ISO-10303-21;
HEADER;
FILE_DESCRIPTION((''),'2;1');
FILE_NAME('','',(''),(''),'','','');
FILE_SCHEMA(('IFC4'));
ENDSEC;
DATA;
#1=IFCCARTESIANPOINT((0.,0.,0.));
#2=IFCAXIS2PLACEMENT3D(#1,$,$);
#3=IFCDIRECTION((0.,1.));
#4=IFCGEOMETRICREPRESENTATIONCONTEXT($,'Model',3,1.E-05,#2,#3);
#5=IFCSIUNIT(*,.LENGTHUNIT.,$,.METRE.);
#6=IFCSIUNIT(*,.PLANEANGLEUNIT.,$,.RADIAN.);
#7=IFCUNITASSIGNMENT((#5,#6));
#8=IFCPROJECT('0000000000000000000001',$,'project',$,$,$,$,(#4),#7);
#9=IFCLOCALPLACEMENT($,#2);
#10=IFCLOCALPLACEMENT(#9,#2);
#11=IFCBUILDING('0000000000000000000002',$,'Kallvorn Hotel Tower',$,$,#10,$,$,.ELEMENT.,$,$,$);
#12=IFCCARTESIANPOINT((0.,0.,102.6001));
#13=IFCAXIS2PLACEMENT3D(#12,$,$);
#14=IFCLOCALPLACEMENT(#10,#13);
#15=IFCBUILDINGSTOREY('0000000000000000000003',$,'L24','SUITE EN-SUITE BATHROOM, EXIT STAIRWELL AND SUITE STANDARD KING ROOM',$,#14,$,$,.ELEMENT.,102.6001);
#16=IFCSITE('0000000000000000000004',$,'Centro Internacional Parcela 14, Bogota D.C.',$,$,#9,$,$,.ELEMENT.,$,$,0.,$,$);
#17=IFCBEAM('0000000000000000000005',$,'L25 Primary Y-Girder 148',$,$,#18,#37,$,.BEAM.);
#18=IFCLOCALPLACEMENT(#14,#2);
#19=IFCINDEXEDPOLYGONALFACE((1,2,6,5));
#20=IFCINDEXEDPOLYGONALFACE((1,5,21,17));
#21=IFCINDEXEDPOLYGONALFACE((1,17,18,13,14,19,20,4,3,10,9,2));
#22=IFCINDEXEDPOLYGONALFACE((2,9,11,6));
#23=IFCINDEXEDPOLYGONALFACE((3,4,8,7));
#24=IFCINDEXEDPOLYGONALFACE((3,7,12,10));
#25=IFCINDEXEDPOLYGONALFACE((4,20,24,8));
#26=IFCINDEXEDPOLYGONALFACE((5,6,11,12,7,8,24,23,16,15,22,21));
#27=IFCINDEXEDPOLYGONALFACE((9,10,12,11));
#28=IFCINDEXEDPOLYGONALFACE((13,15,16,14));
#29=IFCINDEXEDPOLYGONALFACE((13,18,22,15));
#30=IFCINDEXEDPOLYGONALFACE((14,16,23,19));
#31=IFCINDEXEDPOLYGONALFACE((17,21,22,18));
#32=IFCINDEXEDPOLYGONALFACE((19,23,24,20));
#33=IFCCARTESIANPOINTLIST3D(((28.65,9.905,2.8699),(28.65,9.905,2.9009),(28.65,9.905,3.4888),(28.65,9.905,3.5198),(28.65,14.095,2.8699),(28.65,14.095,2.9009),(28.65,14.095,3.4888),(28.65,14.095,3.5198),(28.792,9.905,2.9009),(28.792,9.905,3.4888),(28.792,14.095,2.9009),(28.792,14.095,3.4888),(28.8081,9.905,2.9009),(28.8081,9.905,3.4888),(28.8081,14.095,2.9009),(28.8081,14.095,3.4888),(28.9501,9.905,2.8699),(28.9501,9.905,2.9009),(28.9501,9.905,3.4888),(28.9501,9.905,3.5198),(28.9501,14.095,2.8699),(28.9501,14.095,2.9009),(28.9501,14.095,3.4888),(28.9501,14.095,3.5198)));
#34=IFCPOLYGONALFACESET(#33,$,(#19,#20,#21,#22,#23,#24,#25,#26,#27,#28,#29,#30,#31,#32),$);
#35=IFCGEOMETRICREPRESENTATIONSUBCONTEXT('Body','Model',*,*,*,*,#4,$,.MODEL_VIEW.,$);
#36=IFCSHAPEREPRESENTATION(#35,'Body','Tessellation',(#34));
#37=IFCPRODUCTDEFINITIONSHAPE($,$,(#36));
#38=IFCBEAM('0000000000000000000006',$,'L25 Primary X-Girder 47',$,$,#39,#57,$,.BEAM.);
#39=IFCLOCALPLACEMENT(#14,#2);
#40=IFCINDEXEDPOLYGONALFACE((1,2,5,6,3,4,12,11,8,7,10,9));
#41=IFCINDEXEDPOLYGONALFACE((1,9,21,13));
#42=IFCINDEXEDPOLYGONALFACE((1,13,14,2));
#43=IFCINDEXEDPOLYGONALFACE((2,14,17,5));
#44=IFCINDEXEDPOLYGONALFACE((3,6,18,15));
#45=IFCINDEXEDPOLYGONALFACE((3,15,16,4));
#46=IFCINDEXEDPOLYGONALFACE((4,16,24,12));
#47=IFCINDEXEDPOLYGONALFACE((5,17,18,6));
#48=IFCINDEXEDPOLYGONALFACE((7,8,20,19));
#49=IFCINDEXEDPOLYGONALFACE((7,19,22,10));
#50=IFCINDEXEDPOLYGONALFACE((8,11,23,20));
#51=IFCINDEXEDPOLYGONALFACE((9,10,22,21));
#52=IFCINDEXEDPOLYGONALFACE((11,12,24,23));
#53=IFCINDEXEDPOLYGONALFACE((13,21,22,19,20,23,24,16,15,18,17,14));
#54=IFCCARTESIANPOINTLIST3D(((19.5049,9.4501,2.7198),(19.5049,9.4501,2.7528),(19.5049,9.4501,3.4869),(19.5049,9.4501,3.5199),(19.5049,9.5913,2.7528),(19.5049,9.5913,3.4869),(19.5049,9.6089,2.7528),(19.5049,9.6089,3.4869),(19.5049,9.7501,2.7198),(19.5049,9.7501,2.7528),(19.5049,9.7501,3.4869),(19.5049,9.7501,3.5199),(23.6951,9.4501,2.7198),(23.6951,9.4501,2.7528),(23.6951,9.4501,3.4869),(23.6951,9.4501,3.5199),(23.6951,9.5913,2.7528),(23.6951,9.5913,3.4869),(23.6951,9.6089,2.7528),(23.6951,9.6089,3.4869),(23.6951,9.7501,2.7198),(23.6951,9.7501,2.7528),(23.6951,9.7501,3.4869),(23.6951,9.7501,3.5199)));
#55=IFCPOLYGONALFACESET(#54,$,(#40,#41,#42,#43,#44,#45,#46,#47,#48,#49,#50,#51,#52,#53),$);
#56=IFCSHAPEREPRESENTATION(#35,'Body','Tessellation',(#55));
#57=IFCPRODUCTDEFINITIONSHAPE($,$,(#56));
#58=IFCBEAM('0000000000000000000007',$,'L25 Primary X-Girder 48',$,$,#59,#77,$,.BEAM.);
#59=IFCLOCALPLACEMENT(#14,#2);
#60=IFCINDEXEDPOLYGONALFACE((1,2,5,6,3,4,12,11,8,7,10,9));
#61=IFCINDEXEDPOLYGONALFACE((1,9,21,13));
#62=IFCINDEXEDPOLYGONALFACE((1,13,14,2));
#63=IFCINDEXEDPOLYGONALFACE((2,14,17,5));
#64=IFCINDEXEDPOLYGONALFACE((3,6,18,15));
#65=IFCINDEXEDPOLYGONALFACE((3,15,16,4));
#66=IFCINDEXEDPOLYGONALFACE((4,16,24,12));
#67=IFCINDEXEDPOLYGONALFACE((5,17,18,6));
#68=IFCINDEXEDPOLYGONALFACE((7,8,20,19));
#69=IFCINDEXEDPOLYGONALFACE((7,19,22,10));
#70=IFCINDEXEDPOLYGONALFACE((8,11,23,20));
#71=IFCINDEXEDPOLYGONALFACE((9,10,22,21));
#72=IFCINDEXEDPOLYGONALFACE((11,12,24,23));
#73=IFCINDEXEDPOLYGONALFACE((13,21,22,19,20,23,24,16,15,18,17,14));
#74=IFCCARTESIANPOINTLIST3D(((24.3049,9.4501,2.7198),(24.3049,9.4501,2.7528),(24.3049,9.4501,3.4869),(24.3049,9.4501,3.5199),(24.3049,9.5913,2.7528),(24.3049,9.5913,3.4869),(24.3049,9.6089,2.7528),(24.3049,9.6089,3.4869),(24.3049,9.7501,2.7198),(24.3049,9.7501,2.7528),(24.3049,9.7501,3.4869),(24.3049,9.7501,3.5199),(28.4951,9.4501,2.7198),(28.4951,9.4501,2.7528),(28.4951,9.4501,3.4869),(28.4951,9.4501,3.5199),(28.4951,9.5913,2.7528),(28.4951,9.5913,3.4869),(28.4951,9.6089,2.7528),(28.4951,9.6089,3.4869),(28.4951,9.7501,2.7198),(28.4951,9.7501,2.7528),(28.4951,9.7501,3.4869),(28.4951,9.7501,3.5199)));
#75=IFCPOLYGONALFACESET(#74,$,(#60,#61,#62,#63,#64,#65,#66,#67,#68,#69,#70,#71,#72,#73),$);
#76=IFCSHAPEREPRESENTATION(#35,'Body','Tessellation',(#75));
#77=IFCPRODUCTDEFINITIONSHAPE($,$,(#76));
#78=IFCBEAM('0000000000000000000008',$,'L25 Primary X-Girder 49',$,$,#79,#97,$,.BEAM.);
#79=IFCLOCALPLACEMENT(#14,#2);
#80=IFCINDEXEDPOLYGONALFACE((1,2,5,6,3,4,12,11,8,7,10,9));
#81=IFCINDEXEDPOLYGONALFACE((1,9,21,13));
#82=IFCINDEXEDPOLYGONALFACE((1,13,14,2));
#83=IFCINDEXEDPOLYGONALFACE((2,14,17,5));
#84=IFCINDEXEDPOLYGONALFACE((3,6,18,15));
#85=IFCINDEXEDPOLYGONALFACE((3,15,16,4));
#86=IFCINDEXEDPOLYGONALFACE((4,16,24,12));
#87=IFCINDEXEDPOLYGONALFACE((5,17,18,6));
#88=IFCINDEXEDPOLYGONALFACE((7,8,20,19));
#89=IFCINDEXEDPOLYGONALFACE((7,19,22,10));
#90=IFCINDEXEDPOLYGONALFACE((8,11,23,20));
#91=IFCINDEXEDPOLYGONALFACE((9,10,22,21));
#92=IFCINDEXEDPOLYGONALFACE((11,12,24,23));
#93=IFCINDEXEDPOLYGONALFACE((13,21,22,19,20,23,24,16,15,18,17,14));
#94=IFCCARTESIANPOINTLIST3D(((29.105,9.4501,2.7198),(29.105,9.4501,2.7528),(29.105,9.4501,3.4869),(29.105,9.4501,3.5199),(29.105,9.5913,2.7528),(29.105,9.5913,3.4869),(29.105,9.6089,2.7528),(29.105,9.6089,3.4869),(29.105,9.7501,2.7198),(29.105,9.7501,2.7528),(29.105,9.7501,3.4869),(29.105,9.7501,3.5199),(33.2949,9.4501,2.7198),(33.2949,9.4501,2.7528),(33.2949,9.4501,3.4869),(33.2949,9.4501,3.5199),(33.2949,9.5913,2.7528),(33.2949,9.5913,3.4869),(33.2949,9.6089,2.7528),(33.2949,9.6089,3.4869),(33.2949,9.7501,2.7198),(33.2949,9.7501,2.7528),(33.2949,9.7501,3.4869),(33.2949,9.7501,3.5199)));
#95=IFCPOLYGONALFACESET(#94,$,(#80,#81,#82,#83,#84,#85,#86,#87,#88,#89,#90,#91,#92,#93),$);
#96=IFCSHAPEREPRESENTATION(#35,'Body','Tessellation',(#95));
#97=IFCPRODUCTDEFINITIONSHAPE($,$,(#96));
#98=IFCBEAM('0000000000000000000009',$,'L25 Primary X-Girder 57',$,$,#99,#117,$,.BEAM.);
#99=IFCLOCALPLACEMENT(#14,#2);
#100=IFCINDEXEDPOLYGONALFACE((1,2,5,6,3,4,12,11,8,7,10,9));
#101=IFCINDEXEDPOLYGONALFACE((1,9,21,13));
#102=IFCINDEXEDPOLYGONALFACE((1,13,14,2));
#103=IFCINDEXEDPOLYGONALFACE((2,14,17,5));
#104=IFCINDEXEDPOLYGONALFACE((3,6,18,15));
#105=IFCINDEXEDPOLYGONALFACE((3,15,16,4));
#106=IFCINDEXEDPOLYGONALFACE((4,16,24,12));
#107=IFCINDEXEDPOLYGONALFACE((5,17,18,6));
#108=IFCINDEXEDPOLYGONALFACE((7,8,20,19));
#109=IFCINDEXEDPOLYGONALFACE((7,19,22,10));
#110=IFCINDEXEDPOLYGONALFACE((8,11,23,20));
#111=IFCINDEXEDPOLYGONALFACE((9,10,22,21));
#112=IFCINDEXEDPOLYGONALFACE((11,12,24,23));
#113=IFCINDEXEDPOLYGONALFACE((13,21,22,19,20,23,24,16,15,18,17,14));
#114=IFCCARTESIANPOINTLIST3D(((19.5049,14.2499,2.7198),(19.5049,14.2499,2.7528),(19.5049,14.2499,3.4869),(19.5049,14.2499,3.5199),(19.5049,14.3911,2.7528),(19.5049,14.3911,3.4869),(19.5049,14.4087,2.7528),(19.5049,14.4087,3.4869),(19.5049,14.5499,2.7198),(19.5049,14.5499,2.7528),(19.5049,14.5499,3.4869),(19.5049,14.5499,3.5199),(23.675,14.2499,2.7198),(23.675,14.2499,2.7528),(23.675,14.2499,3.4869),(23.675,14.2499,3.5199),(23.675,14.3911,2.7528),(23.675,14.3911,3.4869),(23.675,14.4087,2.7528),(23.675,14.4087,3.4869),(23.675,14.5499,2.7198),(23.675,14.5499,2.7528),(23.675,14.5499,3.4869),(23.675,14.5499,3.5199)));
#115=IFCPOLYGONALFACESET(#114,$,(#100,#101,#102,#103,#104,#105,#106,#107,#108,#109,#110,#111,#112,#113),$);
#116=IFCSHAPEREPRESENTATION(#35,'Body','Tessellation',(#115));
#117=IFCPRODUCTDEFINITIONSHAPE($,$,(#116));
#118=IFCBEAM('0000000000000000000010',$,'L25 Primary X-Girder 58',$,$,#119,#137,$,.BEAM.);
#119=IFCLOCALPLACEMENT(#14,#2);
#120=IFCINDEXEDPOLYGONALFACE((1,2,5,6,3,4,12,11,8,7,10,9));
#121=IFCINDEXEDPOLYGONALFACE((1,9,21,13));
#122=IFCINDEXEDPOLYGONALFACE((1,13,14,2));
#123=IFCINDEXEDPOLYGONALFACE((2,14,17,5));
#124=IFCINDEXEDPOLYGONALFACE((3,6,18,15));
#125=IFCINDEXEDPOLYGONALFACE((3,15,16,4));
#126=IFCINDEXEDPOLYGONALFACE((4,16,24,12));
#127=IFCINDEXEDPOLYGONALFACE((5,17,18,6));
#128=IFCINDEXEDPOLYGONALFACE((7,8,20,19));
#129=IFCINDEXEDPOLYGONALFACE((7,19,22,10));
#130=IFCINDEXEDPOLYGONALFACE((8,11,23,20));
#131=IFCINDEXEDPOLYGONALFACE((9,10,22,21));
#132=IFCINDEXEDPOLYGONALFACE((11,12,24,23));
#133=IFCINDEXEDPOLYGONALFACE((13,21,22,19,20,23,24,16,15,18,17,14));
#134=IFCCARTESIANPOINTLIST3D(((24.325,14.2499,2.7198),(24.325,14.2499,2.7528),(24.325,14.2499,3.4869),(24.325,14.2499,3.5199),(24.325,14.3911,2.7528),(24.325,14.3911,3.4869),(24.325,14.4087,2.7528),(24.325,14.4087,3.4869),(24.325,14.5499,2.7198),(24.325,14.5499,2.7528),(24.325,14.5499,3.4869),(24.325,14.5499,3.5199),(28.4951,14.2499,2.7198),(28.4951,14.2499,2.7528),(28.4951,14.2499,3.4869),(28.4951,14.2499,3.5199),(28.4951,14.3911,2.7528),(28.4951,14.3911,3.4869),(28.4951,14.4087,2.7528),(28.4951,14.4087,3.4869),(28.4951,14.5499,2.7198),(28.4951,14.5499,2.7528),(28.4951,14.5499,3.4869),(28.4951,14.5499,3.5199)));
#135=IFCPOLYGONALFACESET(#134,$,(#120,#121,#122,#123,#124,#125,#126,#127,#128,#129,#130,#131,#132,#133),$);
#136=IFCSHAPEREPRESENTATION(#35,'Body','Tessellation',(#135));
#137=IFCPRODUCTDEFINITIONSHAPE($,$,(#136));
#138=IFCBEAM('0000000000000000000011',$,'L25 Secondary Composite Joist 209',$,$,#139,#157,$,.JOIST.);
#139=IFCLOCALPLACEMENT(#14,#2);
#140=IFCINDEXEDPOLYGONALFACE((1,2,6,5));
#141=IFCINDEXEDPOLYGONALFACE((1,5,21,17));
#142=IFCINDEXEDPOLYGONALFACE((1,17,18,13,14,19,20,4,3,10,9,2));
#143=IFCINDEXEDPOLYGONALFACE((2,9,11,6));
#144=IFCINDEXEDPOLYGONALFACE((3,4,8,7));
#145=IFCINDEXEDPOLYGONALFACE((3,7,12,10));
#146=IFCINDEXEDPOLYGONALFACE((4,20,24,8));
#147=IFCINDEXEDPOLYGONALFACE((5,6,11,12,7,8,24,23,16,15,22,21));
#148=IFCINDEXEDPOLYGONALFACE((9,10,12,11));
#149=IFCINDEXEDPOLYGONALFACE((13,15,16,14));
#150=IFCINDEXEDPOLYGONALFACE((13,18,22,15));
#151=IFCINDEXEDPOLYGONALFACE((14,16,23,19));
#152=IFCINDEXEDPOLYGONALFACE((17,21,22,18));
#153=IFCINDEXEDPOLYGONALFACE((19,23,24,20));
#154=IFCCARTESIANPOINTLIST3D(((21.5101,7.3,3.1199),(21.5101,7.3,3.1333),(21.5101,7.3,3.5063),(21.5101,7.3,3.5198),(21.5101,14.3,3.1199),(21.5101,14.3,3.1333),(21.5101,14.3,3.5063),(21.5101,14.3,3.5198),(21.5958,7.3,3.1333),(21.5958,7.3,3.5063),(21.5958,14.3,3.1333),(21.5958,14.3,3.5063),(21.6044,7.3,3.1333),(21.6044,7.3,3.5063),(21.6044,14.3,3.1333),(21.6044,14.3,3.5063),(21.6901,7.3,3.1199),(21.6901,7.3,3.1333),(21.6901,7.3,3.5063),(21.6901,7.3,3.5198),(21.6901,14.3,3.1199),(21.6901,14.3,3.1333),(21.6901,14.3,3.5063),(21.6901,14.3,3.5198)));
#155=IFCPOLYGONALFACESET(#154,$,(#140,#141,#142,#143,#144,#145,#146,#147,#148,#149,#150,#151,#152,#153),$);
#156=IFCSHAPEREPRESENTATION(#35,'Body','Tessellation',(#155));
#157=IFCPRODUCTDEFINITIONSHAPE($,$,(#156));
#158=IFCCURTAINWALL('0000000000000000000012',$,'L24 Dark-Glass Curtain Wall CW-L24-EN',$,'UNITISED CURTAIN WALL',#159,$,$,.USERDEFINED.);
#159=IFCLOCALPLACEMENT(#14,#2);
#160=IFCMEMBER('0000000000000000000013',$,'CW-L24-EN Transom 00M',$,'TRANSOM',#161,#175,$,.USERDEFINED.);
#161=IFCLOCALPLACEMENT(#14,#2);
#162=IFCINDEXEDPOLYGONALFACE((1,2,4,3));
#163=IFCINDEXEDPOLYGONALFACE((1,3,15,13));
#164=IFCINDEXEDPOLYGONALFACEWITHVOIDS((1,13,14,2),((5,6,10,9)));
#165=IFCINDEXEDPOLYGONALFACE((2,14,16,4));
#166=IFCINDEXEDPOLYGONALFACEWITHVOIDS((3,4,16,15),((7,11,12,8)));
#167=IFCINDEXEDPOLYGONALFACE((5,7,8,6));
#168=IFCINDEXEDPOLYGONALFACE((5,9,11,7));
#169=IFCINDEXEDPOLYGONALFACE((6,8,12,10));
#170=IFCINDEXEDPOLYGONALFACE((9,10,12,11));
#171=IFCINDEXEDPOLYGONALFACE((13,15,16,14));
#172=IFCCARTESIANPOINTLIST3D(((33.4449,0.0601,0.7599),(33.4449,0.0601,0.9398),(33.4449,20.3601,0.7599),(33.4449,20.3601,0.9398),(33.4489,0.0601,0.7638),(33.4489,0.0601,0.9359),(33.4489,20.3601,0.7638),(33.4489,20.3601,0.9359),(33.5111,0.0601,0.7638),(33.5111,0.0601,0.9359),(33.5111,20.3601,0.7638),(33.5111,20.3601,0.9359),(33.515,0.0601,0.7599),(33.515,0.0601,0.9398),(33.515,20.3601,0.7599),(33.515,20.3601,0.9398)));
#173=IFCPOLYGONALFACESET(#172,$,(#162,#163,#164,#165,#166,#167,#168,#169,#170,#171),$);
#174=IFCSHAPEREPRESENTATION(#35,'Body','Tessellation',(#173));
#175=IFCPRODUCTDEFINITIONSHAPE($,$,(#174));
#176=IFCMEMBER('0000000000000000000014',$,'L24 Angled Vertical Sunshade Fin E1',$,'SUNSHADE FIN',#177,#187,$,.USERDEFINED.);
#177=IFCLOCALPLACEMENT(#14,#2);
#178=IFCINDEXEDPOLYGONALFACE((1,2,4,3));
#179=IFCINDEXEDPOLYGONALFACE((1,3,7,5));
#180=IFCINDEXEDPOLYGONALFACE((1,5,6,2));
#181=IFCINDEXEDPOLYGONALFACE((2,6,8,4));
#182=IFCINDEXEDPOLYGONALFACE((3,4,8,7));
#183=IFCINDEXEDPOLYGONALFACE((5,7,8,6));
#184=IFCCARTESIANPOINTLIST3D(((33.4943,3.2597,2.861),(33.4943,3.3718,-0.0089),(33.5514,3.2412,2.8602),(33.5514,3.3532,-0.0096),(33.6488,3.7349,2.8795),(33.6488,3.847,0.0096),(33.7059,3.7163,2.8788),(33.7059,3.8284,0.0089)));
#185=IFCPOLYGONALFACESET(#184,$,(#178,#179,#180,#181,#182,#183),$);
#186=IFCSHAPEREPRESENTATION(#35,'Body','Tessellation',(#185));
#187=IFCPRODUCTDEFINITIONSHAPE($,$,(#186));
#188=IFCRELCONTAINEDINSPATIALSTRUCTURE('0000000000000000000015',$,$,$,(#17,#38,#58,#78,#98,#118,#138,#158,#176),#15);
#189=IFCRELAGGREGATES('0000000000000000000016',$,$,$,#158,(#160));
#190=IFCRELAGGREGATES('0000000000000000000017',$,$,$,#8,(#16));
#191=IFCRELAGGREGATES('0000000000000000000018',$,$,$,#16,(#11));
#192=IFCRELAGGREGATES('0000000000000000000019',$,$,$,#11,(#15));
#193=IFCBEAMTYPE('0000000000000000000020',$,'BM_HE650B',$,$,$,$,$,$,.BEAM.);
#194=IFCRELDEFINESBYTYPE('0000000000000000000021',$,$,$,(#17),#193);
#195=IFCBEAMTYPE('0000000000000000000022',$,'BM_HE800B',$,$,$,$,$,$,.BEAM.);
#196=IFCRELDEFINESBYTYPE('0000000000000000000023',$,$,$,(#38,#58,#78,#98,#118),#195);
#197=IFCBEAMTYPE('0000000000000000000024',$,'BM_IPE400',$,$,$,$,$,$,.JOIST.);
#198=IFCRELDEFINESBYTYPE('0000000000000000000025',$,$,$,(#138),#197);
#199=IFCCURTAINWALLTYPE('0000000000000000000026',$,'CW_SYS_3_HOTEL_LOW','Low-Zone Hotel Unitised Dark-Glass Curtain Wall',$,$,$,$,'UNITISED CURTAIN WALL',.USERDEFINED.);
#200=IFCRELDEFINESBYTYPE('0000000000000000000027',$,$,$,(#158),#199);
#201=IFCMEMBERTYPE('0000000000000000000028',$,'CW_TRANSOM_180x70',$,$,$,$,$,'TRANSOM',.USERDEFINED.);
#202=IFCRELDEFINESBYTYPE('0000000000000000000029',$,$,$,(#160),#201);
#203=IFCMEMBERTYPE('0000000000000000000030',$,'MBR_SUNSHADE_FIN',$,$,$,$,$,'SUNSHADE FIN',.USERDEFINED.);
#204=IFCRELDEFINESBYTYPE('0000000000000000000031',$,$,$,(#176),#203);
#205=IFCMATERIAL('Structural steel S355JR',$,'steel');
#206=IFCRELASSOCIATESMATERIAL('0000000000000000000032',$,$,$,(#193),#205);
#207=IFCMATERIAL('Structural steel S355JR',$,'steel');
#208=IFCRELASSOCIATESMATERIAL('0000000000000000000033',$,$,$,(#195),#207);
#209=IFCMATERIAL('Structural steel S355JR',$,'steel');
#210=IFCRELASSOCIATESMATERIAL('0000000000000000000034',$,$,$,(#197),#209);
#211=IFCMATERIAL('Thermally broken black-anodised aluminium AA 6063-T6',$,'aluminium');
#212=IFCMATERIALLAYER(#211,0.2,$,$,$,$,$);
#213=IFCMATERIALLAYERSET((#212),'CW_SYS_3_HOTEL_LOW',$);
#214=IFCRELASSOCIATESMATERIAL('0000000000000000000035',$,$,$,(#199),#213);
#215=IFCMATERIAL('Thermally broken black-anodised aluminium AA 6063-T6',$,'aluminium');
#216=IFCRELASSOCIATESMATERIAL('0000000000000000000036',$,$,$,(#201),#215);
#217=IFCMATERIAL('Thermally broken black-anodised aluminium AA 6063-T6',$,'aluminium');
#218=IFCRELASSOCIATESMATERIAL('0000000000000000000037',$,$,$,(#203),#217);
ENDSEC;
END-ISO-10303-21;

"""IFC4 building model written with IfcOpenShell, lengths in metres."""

from ifc_helpers import new_model, si_unit, direction, frame, origin, origin_2d, place, context, subcontext, project, spatial, rectangle, hollow_rectangle, i_section, extrude, material, layer, layer_set, material_profile, profile_set, type_object, element, aggregate, save


model = new_model("IFC4")

# Units and contexts
model_context = context("Model", 3, precision=1e-05, world=origin(), true_north=direction((0.0, 1.0)))
body_context = subcontext(model_context, "Body", "Model", "MODEL_VIEW")
ifc_project = project(units=[si_unit("LENGTHUNIT", "METRE"), si_unit("PLANEANGLEUNIT", "RADIAN")], contexts=[model_context])

# Site, building, storey
site_placement = place(None, origin())
site = spatial("IfcSite", under=ifc_project, at=site_placement, Name="Centro Internacional Parcela 14, Bogota D.C.", CompositionType="ELEMENT", RefElevation=0.0)
building_placement = place(site_placement, origin())
building = spatial("IfcBuilding", under=site, at=building_placement, Name="Kallvorn Hotel Tower", CompositionType="ELEMENT")
storey_placement = place(building_placement, frame((0.0, 0.0, 102.6001)))
storey = spatial("IfcBuildingStorey", under=building, at=storey_placement, Name="L24", Description="SUITE EN-SUITE BATHROOM, EXIT STAIRWELL AND SUITE STANDARD KING ROOM", CompositionType="ELEMENT", Elevation=102.6001)

# Beams
ifc_material_1 = material(Name="Structural steel S355JR", Category="steel")
ifc_material_profile_1 = material_profile(ifc_material_1, i_section(OverallWidth=0.3, OverallDepth=0.6499, WebThickness=0.0161, FlangeThickness=0.031, at=origin_2d()), Name="HE 650 B")
ifc_profile_set_1 = profile_set([ifc_material_profile_1], Name="Structural steel S355JR")
beam_type_1 = type_object("IfcBeamType", Name="BM_HE650B", PredefinedType="BEAM", material=ifc_profile_set_1)
for number, where, z_axis, x_axis, name in (
    (1, (28.8, 9.905, 3.1948), (0.0, 1.0, 0.0), (-1.0, 0.0, 0.0), "L25 Primary Y-Girder 148"),
):
    element("IfcBeam", number, at=place(storey_placement, frame(where, z_axis=z_axis, x_axis=x_axis)), inside=storey, type_object=beam_type_1, Name=name, PredefinedType="BEAM", context=body_context, shape_type="SweptSolid", body=[
        extrude(i_section(OverallWidth=0.3, OverallDepth=0.6499, WebThickness=0.0161, FlangeThickness=0.031, at=origin_2d()), origin(), (0.0, 0.0, 1.0), 4.1899),
    ])
ifc_material_2 = material(Name="Structural steel S355JR", Category="steel")
ifc_material_profile_2 = material_profile(ifc_material_2, i_section(OverallWidth=0.3, OverallDepth=0.8, WebThickness=0.0176, FlangeThickness=0.033, at=origin_2d()), Name="HE 800 B")
ifc_profile_set_2 = profile_set([ifc_material_profile_2], Name="Structural steel S355JR")
beam_type_2 = type_object("IfcBeamType", Name="BM_HE800B", PredefinedType="BEAM", material=ifc_profile_set_2)
for number, where, z_axis, x_axis, name in (
    (2, (19.5049, 9.6001, 3.1199), (1.0, 0.0, 0.0), (0.0, 1.0, 0.0), "L25 Primary X-Girder 47"),
    (3, (24.3049, 9.6001, 3.1199), (1.0, 0.0, 0.0), (0.0, 1.0, 0.0), "L25 Primary X-Girder 48"),
):
    element("IfcBeam", number, at=place(storey_placement, frame(where, z_axis=z_axis, x_axis=x_axis)), inside=storey, type_object=beam_type_2, Name=name, PredefinedType="BEAM", context=body_context, shape_type="SweptSolid", body=[
        extrude(i_section(OverallWidth=0.3, OverallDepth=0.8, WebThickness=0.0176, FlangeThickness=0.033, at=origin_2d()), origin(), (0.0, 0.0, 1.0), 4.1902),
    ])
beam_1_placement = place(storey_placement, frame((29.105, 9.6001, 3.1199), z_axis=(1.0, 0.0, 0.0), x_axis=(0.0, 1.0, 0.0)))
element("IfcBeam", 4, at=beam_1_placement, inside=storey, type_object=beam_type_2, Name="L25 Primary X-Girder 49", PredefinedType="BEAM", context=body_context, shape_type="SweptSolid", body=[
    extrude(i_section(OverallWidth=0.3, OverallDepth=0.8, WebThickness=0.0176, FlangeThickness=0.033, at=origin_2d()), origin(), (0.0, 0.0, 1.0), 4.1899),
])
for number, where, z_axis, x_axis, name in (
    (5, (19.5049, 14.3999, 3.1199), (1.0, 0.0, 0.0), (0.0, 1.0, 0.0), "L25 Primary X-Girder 57"),
    (6, (24.325, 14.3999, 3.1199), (1.0, 0.0, 0.0), (0.0, 1.0, 0.0), "L25 Primary X-Girder 58"),
):
    element("IfcBeam", number, at=place(storey_placement, frame(where, z_axis=z_axis, x_axis=x_axis)), inside=storey, type_object=beam_type_2, Name=name, PredefinedType="BEAM", context=body_context, shape_type="SweptSolid", body=[
        extrude(i_section(OverallWidth=0.3, OverallDepth=0.8, WebThickness=0.0176, FlangeThickness=0.033, at=origin_2d()), origin(), (0.0, 0.0, 1.0), 4.1702),
    ])
ifc_material_3 = material(Name="Structural steel S355JR", Category="steel")
ifc_material_profile_3 = material_profile(ifc_material_3, i_section(OverallWidth=0.1799, OverallDepth=0.3999, WebThickness=0.0085, FlangeThickness=0.0134, at=origin_2d()), Name="IPE 400")
ifc_profile_set_3 = profile_set([ifc_material_profile_3], Name="Structural steel S355JR")
beam_type_3 = type_object("IfcBeamType", Name="BM_IPE400", PredefinedType="JOIST", material=ifc_profile_set_3)
beam_2_placement = place(storey_placement, frame((21.6001, 7.3, 3.3198), z_axis=(0.0, 1.0, 0.0), x_axis=(-1.0, 0.0, 0.0)))
element("IfcBeam", 7, at=beam_2_placement, inside=storey, type_object=beam_type_3, Name="L25 Secondary Composite Joist 209", PredefinedType="JOIST", context=body_context, shape_type="SweptSolid", body=[
    extrude(i_section(OverallWidth=0.1799, OverallDepth=0.3999, WebThickness=0.0085, FlangeThickness=0.0134, at=origin_2d()), origin(), (0.0, 0.0, 1.0), 7.0),
])

# Curtain wall, member
ifc_material_4 = material(Name="Thermally broken black-anodised aluminium AA 6063-T6", Category="aluminium")
ifc_layer_1 = layer(ifc_material_4, 0.2)
ifc_layer_set_1 = layer_set([ifc_layer_1], Name="CW_SYS_3_HOTEL_LOW")
curtain_wall_type = type_object("IfcCurtainWallType", Name="CW_SYS_3_HOTEL_LOW", Description="Low-Zone Hotel Unitised Dark-Glass Curtain Wall", ElementType="UNITISED CURTAIN WALL", PredefinedType="USERDEFINED", material=ifc_layer_set_1)
curtain_wall_placement = place(storey_placement, origin())
curtain_wall = element("IfcCurtainWall", 8, at=curtain_wall_placement, inside=storey, type_object=curtain_wall_type, Name="L24 Dark-Glass Curtain Wall CW-L24-EN", ObjectType="UNITISED CURTAIN WALL", PredefinedType="USERDEFINED")
ifc_material_5 = material(Name="Thermally broken black-anodised aluminium AA 6063-T6", Category="aluminium")
ifc_material_profile_4 = material_profile(ifc_material_5, hollow_rectangle(XDim=0.0701, YDim=0.1799, WallThickness=0.0039, at=origin_2d()), Name="TRN 180x70")
ifc_profile_set_4 = profile_set([ifc_material_profile_4], Name="Thermally broken black-anodised aluminium AA 6063-T6")
member_type_1 = type_object("IfcMemberType", Name="CW_TRANSOM_180x70", ElementType="TRANSOM", PredefinedType="USERDEFINED", material=ifc_profile_set_4)
member_1_placement = place(storey_placement, frame((33.48, 0.0601, 0.8499), z_axis=(0.0, 1.0, 0.0), x_axis=(-1.0, 0.0, 0.0)))
member_1 = element("IfcMember", 9, at=member_1_placement, type_object=member_type_1, Name="CW-L24-EN Transom 00M", ObjectType="TRANSOM", PredefinedType="USERDEFINED", context=body_context, shape_type="SweptSolid", body=[
    extrude(hollow_rectangle(XDim=0.0701, YDim=0.1799, WallThickness=0.0039, at=origin_2d()), origin(), (0.0, 0.0, 1.0), 20.3),
])

# Member
ifc_material_6 = material(Name="Thermally broken black-anodised aluminium AA 6063-T6", Category="aluminium")
ifc_material_profile_5 = material_profile(ifc_material_6, rectangle(XDim=0.0601, YDim=0.5, at=origin_2d()), Name="FIN 500x60")
ifc_profile_set_5 = profile_set([ifc_material_profile_5], Name="Thermally broken black-anodised aluminium AA 6063-T6")
member_type_2 = type_object("IfcMemberType", Name="MBR_SUNSHADE_FIN", ElementType="SUNSHADE FIN", PredefinedType="USERDEFINED", material=ifc_profile_set_5)
member_2_placement = place(storey_placement, frame((33.6001, 3.6001, 0.0), z_axis=(0.0, -0.039017, 0.999239), x_axis=(0.951057, -0.308782, -0.012057)))
element("IfcMember", 10, at=member_2_placement, inside=storey, type_object=member_type_2, Name="L24 Angled Vertical Sunshade Fin E1", ObjectType="SUNSHADE FIN", PredefinedType="USERDEFINED", context=body_context, shape_type="SweptSolid", body=[
    extrude(rectangle(XDim=0.0601, YDim=0.5, at=origin_2d()), origin(), (0.0, 0.0, 1.0), 2.8721),
])

aggregate(curtain_wall, [member_1])

save(model, "model.ifc")
